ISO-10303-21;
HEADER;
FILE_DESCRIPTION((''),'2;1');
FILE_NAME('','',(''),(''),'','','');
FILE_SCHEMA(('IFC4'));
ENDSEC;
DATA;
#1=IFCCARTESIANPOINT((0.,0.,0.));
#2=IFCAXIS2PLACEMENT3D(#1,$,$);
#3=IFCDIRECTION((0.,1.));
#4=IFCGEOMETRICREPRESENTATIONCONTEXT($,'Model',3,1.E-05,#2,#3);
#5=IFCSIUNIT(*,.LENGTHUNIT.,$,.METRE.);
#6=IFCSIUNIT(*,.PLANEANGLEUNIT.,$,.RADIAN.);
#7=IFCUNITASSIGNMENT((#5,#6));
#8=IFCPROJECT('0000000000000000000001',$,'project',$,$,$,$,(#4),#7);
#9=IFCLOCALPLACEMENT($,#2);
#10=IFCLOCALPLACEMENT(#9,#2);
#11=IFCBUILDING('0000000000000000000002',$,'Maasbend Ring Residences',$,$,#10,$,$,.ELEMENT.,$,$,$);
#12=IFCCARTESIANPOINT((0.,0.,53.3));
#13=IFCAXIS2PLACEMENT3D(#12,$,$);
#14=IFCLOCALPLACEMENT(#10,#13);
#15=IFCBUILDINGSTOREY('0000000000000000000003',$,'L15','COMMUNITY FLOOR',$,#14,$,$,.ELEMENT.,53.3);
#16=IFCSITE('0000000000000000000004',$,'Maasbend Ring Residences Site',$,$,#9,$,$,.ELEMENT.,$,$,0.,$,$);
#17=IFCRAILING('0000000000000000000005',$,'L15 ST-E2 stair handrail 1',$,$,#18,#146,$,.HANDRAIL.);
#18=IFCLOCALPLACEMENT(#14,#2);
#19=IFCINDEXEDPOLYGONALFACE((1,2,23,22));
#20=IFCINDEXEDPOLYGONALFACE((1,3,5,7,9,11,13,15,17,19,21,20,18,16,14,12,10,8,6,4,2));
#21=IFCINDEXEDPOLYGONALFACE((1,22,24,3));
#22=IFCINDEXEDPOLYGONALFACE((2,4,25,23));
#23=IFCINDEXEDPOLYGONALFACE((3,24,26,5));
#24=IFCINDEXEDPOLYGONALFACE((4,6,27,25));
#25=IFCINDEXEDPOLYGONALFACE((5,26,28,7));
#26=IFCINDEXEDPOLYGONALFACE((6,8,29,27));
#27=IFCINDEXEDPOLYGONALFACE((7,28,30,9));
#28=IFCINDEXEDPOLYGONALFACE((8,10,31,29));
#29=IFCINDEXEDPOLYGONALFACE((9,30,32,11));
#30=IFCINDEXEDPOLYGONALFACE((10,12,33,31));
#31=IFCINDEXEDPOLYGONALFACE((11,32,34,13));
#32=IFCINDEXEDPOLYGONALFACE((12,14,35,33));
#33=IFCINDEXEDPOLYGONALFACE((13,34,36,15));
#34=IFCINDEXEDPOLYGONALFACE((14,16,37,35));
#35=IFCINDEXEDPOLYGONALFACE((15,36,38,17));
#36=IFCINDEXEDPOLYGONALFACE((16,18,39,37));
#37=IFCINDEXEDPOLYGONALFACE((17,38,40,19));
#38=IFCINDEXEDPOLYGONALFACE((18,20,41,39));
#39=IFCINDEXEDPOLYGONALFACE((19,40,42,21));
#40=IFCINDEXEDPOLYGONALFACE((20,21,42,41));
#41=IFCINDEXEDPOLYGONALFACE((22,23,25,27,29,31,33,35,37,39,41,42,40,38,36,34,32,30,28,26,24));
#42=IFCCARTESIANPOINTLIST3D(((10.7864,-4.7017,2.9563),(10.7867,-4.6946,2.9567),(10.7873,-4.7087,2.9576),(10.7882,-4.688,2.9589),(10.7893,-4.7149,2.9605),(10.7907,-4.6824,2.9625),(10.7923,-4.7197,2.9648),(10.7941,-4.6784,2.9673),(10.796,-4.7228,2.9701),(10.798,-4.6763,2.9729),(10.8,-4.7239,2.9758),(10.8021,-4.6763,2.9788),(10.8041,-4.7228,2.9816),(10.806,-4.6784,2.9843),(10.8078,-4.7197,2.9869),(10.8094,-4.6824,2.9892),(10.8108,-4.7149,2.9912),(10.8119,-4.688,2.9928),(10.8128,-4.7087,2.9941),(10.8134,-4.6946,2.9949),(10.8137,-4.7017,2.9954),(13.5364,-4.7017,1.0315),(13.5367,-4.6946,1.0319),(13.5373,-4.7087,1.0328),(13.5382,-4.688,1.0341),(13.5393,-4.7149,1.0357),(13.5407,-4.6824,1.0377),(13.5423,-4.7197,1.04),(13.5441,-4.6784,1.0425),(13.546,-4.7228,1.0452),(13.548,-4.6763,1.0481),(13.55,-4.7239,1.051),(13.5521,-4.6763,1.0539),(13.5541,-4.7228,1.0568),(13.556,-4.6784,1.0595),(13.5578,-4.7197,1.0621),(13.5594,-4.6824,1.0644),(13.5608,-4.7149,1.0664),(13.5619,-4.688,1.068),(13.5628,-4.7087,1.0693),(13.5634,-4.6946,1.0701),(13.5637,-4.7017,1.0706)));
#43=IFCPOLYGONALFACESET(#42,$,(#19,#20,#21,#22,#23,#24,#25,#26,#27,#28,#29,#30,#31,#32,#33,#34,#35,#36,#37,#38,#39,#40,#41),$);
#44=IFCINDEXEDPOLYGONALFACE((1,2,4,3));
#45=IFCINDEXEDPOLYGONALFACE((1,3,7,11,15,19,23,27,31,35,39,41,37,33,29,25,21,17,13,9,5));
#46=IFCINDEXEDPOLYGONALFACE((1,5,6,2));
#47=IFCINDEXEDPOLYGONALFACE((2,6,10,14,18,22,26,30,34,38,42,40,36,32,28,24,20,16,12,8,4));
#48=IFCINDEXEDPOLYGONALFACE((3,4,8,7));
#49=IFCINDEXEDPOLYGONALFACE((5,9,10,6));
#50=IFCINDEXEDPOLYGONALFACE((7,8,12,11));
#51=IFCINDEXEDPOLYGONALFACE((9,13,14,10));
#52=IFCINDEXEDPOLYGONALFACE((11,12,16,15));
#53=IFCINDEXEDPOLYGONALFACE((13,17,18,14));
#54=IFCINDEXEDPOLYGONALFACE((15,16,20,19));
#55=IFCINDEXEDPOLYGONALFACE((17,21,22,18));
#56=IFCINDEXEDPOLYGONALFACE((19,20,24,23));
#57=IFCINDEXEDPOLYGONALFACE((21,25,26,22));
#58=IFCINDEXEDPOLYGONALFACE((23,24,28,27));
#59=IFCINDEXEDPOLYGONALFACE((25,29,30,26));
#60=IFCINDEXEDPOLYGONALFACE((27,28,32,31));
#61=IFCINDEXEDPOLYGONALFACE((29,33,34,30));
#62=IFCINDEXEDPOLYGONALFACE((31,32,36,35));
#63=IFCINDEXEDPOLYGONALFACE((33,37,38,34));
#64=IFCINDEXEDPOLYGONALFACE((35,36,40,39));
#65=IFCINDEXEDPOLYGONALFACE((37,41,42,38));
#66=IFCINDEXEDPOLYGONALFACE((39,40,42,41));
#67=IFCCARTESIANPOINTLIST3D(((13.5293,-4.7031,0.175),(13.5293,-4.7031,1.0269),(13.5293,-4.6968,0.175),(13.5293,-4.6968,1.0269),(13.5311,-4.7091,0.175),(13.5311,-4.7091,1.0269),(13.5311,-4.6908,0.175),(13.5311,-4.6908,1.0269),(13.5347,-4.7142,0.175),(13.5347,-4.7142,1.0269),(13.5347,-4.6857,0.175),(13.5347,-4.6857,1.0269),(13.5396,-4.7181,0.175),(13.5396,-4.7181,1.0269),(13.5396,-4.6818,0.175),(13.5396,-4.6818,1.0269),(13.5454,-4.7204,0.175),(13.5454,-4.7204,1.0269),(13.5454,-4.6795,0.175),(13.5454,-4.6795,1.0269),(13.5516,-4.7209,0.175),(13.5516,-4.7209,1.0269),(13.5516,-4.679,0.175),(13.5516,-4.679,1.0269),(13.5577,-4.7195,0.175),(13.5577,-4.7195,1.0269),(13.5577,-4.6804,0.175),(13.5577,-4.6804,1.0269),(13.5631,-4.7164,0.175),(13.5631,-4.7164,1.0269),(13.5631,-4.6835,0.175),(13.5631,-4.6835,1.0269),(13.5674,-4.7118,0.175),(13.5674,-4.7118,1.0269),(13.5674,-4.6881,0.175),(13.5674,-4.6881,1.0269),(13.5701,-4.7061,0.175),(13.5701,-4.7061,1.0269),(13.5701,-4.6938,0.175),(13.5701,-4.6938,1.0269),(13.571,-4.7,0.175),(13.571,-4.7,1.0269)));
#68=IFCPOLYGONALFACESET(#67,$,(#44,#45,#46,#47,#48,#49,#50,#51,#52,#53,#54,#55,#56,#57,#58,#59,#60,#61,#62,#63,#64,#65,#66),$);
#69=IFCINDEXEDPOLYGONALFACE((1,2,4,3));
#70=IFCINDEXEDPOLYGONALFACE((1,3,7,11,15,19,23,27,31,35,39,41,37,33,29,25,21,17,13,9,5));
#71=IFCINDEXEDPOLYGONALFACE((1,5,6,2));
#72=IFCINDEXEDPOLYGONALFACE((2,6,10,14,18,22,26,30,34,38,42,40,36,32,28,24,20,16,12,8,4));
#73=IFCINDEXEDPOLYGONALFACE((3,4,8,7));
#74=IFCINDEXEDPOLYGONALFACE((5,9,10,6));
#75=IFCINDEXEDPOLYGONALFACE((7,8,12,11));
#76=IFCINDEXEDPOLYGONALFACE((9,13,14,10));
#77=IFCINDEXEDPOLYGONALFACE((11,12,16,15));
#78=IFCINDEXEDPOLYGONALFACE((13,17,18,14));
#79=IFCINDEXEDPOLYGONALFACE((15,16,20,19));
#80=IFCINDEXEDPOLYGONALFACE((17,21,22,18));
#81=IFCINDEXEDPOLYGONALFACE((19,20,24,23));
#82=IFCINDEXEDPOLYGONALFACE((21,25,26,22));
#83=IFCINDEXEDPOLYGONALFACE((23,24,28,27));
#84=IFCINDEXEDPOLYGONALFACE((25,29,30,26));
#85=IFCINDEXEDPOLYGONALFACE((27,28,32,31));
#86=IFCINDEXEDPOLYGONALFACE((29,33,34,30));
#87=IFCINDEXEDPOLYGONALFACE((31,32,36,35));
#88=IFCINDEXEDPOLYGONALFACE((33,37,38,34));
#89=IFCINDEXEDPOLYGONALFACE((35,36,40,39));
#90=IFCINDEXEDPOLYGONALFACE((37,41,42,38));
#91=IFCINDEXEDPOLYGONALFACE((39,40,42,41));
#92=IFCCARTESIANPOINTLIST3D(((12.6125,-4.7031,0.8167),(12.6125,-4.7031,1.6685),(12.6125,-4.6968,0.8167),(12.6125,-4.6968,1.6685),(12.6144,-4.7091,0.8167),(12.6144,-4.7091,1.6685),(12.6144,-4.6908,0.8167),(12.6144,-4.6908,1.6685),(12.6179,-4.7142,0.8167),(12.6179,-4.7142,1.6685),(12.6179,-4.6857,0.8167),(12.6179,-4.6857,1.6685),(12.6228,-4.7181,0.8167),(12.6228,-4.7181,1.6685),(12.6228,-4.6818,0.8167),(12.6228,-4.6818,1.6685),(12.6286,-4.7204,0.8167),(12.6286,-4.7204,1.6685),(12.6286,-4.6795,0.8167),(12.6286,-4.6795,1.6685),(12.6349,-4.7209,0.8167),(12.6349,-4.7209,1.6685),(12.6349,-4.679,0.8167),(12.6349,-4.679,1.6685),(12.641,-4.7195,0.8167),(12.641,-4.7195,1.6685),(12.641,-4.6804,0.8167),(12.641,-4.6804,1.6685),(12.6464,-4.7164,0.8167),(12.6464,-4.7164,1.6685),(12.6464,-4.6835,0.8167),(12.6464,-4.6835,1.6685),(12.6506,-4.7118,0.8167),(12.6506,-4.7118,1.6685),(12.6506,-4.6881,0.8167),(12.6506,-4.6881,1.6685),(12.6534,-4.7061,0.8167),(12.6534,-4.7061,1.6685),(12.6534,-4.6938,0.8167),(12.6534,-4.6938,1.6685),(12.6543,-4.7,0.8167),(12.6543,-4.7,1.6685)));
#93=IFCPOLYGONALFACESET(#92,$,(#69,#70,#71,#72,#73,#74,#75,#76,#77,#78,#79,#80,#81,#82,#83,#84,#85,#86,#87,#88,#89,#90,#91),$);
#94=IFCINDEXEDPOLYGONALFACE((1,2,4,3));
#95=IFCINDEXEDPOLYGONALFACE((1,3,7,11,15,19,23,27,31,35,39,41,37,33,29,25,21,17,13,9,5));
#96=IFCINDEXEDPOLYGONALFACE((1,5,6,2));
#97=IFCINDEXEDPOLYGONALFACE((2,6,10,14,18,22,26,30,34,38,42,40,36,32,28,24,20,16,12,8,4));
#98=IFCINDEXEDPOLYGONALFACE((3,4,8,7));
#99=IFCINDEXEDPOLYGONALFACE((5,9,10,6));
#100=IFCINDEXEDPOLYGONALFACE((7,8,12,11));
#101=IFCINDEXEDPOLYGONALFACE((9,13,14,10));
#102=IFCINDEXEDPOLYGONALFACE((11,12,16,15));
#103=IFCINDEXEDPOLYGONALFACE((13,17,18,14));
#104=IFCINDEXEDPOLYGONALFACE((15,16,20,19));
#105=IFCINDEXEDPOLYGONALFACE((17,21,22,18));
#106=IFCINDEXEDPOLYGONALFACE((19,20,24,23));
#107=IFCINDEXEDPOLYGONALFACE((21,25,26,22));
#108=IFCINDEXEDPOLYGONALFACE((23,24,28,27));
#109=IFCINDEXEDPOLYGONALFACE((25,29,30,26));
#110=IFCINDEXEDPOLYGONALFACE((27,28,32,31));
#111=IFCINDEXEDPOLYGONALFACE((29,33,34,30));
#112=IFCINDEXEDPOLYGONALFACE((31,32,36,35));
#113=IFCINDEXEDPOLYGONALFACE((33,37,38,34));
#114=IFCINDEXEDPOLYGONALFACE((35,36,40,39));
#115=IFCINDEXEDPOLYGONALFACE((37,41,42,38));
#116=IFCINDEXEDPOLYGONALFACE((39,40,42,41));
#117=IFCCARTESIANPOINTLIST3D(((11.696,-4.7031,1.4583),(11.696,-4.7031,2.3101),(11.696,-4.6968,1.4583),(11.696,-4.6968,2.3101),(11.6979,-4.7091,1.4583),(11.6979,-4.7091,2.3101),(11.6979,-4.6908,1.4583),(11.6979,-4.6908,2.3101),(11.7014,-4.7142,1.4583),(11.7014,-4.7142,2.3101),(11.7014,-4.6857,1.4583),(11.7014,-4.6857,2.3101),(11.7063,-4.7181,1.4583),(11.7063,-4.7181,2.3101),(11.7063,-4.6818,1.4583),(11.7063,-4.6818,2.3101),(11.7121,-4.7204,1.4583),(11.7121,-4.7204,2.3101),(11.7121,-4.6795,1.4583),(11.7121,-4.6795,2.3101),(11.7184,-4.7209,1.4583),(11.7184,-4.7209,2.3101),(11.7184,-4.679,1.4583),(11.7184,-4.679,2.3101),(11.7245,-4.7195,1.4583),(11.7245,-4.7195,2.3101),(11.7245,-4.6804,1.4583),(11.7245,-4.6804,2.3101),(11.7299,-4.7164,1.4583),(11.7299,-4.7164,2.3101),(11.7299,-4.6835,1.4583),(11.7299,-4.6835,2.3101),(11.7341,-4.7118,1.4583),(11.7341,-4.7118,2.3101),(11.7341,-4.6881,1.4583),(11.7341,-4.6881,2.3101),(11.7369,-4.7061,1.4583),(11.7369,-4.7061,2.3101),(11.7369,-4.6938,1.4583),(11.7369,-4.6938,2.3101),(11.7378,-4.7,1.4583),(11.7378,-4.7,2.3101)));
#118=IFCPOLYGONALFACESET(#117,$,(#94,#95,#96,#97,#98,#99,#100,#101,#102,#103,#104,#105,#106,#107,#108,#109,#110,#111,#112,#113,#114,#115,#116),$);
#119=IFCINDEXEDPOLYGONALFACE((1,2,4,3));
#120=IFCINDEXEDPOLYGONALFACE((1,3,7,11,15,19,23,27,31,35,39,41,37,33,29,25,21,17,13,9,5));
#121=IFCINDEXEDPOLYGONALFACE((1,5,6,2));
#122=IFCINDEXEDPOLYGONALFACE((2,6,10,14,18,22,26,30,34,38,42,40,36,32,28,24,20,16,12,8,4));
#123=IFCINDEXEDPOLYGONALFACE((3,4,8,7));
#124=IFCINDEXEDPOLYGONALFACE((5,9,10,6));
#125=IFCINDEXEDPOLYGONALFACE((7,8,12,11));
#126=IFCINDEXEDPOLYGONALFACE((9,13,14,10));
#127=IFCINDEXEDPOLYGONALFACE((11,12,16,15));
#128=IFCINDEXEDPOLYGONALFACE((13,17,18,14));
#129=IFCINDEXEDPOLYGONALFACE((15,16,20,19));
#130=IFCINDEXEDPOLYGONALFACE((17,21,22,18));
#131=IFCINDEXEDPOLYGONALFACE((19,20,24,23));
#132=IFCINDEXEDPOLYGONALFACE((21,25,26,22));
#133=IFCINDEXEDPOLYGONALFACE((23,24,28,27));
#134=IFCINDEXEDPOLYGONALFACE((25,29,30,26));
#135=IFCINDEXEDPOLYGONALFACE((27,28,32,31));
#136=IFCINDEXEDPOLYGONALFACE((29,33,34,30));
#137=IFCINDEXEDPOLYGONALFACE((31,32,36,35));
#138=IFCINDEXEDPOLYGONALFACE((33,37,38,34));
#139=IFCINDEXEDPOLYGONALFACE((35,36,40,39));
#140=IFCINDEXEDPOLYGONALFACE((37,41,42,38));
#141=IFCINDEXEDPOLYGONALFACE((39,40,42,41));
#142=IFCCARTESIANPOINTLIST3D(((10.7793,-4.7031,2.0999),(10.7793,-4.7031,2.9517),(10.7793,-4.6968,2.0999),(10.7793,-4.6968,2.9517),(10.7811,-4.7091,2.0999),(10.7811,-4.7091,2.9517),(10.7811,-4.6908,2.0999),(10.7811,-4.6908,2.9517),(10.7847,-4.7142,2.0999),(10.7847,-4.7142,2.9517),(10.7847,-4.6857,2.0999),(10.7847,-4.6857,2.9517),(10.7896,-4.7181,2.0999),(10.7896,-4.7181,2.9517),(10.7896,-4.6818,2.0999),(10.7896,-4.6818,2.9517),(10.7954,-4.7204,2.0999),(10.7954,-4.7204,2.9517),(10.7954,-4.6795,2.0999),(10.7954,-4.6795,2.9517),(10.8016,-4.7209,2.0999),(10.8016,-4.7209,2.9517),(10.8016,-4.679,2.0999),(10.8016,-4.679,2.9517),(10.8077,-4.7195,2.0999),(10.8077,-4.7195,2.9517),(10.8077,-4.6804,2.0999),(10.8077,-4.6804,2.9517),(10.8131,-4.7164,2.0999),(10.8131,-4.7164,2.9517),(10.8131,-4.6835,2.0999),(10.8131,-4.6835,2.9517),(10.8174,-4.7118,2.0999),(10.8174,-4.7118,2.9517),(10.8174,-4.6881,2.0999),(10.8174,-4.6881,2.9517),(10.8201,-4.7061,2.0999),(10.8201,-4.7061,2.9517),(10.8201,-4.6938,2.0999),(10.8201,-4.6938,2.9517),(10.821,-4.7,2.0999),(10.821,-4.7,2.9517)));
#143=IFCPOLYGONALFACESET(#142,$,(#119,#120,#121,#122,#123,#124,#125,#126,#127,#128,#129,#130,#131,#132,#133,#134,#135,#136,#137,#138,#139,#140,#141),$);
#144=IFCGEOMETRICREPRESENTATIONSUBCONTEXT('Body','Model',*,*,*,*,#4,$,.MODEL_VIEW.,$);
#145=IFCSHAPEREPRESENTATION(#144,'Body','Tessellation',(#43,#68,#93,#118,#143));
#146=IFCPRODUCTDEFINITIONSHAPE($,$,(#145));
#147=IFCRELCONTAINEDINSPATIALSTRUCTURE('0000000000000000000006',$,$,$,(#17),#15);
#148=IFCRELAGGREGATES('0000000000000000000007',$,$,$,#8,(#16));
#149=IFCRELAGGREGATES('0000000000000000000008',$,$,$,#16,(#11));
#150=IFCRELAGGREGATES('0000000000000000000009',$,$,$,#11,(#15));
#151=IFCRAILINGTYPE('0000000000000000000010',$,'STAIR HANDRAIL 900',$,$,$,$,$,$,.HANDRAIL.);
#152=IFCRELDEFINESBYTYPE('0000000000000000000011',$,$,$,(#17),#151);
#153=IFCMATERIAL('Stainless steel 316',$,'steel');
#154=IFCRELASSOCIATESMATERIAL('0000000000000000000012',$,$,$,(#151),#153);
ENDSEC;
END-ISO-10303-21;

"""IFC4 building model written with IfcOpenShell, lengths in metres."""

from ifc_helpers import new_model, si_unit, direction, frame, origin, origin_2d, place, context, subcontext, project, spatial, circle, extrude, material, type_object, element, save


model = new_model("IFC4")

# Units and contexts
model_context = context("Model", 3, precision=1e-05, world=origin(), true_north=direction((0.0, 1.0)))
body_context = subcontext(model_context, "Body", "Model", "MODEL_VIEW")
ifc_project = project(units=[si_unit("LENGTHUNIT", "METRE"), si_unit("PLANEANGLEUNIT", "RADIAN")], contexts=[model_context])

# Site, building, storey
site_placement = place(None, origin())
site = spatial("IfcSite", under=ifc_project, at=site_placement, Name="Maasbend Ring Residences Site", CompositionType="ELEMENT", RefElevation=0.0)
building_placement = place(site_placement, origin())
building = spatial("IfcBuilding", under=site, at=building_placement, Name="Maasbend Ring Residences", CompositionType="ELEMENT")
storey_placement = place(building_placement, frame((0.0, 0.0, 53.3)))
storey = spatial("IfcBuildingStorey", under=building, at=storey_placement, Name="L15", Description="COMMUNITY FLOOR", CompositionType="ELEMENT", Elevation=53.3)

# Railing
ifc_material_1 = material(Name="Stainless steel 316", Category="steel")
railing_type_1 = type_object("IfcRailingType", Name="STAIR HANDRAIL 900", PredefinedType="HANDRAIL", material=ifc_material_1)
railing_1_placement = place(storey_placement, frame((13.55, -4.7, 0.175)))
element("IfcRailing", 1, at=railing_1_placement, inside=storey, type_object=railing_type_1, Name="L15 ST-E2 stair handrail 1", PredefinedType="HANDRAIL", context=body_context, shape_type="SweptSolid", body=[
    extrude(circle(Radius=0.0239, at=origin_2d()), frame((0.0, 0.0, 0.876), z_axis=(-0.819259, 0.0, 0.573423), x_axis=(0.0, -1.0, 0.0)), (0.0, 0.0, 1.0), 3.3567),
    extrude(circle(Radius=0.021, at=origin_2d()), origin(), (0.0, 0.0, 1.0), 0.8518),
    extrude(circle(Radius=0.021, at=origin_2d()), frame((-0.9167, 0.0, 0.6416)), (0.0, 0.0, 1.0), 0.8518),
    extrude(circle(Radius=0.021, at=origin_2d()), frame((-1.8333, 0.0, 1.2832)), (0.0, 0.0, 1.0), 0.8518),
    extrude(circle(Radius=0.021, at=origin_2d()), frame((-2.75, 0.0, 1.9248)), (0.0, 0.0, 1.0), 0.8518),
])

save(model, "model.ifc")
